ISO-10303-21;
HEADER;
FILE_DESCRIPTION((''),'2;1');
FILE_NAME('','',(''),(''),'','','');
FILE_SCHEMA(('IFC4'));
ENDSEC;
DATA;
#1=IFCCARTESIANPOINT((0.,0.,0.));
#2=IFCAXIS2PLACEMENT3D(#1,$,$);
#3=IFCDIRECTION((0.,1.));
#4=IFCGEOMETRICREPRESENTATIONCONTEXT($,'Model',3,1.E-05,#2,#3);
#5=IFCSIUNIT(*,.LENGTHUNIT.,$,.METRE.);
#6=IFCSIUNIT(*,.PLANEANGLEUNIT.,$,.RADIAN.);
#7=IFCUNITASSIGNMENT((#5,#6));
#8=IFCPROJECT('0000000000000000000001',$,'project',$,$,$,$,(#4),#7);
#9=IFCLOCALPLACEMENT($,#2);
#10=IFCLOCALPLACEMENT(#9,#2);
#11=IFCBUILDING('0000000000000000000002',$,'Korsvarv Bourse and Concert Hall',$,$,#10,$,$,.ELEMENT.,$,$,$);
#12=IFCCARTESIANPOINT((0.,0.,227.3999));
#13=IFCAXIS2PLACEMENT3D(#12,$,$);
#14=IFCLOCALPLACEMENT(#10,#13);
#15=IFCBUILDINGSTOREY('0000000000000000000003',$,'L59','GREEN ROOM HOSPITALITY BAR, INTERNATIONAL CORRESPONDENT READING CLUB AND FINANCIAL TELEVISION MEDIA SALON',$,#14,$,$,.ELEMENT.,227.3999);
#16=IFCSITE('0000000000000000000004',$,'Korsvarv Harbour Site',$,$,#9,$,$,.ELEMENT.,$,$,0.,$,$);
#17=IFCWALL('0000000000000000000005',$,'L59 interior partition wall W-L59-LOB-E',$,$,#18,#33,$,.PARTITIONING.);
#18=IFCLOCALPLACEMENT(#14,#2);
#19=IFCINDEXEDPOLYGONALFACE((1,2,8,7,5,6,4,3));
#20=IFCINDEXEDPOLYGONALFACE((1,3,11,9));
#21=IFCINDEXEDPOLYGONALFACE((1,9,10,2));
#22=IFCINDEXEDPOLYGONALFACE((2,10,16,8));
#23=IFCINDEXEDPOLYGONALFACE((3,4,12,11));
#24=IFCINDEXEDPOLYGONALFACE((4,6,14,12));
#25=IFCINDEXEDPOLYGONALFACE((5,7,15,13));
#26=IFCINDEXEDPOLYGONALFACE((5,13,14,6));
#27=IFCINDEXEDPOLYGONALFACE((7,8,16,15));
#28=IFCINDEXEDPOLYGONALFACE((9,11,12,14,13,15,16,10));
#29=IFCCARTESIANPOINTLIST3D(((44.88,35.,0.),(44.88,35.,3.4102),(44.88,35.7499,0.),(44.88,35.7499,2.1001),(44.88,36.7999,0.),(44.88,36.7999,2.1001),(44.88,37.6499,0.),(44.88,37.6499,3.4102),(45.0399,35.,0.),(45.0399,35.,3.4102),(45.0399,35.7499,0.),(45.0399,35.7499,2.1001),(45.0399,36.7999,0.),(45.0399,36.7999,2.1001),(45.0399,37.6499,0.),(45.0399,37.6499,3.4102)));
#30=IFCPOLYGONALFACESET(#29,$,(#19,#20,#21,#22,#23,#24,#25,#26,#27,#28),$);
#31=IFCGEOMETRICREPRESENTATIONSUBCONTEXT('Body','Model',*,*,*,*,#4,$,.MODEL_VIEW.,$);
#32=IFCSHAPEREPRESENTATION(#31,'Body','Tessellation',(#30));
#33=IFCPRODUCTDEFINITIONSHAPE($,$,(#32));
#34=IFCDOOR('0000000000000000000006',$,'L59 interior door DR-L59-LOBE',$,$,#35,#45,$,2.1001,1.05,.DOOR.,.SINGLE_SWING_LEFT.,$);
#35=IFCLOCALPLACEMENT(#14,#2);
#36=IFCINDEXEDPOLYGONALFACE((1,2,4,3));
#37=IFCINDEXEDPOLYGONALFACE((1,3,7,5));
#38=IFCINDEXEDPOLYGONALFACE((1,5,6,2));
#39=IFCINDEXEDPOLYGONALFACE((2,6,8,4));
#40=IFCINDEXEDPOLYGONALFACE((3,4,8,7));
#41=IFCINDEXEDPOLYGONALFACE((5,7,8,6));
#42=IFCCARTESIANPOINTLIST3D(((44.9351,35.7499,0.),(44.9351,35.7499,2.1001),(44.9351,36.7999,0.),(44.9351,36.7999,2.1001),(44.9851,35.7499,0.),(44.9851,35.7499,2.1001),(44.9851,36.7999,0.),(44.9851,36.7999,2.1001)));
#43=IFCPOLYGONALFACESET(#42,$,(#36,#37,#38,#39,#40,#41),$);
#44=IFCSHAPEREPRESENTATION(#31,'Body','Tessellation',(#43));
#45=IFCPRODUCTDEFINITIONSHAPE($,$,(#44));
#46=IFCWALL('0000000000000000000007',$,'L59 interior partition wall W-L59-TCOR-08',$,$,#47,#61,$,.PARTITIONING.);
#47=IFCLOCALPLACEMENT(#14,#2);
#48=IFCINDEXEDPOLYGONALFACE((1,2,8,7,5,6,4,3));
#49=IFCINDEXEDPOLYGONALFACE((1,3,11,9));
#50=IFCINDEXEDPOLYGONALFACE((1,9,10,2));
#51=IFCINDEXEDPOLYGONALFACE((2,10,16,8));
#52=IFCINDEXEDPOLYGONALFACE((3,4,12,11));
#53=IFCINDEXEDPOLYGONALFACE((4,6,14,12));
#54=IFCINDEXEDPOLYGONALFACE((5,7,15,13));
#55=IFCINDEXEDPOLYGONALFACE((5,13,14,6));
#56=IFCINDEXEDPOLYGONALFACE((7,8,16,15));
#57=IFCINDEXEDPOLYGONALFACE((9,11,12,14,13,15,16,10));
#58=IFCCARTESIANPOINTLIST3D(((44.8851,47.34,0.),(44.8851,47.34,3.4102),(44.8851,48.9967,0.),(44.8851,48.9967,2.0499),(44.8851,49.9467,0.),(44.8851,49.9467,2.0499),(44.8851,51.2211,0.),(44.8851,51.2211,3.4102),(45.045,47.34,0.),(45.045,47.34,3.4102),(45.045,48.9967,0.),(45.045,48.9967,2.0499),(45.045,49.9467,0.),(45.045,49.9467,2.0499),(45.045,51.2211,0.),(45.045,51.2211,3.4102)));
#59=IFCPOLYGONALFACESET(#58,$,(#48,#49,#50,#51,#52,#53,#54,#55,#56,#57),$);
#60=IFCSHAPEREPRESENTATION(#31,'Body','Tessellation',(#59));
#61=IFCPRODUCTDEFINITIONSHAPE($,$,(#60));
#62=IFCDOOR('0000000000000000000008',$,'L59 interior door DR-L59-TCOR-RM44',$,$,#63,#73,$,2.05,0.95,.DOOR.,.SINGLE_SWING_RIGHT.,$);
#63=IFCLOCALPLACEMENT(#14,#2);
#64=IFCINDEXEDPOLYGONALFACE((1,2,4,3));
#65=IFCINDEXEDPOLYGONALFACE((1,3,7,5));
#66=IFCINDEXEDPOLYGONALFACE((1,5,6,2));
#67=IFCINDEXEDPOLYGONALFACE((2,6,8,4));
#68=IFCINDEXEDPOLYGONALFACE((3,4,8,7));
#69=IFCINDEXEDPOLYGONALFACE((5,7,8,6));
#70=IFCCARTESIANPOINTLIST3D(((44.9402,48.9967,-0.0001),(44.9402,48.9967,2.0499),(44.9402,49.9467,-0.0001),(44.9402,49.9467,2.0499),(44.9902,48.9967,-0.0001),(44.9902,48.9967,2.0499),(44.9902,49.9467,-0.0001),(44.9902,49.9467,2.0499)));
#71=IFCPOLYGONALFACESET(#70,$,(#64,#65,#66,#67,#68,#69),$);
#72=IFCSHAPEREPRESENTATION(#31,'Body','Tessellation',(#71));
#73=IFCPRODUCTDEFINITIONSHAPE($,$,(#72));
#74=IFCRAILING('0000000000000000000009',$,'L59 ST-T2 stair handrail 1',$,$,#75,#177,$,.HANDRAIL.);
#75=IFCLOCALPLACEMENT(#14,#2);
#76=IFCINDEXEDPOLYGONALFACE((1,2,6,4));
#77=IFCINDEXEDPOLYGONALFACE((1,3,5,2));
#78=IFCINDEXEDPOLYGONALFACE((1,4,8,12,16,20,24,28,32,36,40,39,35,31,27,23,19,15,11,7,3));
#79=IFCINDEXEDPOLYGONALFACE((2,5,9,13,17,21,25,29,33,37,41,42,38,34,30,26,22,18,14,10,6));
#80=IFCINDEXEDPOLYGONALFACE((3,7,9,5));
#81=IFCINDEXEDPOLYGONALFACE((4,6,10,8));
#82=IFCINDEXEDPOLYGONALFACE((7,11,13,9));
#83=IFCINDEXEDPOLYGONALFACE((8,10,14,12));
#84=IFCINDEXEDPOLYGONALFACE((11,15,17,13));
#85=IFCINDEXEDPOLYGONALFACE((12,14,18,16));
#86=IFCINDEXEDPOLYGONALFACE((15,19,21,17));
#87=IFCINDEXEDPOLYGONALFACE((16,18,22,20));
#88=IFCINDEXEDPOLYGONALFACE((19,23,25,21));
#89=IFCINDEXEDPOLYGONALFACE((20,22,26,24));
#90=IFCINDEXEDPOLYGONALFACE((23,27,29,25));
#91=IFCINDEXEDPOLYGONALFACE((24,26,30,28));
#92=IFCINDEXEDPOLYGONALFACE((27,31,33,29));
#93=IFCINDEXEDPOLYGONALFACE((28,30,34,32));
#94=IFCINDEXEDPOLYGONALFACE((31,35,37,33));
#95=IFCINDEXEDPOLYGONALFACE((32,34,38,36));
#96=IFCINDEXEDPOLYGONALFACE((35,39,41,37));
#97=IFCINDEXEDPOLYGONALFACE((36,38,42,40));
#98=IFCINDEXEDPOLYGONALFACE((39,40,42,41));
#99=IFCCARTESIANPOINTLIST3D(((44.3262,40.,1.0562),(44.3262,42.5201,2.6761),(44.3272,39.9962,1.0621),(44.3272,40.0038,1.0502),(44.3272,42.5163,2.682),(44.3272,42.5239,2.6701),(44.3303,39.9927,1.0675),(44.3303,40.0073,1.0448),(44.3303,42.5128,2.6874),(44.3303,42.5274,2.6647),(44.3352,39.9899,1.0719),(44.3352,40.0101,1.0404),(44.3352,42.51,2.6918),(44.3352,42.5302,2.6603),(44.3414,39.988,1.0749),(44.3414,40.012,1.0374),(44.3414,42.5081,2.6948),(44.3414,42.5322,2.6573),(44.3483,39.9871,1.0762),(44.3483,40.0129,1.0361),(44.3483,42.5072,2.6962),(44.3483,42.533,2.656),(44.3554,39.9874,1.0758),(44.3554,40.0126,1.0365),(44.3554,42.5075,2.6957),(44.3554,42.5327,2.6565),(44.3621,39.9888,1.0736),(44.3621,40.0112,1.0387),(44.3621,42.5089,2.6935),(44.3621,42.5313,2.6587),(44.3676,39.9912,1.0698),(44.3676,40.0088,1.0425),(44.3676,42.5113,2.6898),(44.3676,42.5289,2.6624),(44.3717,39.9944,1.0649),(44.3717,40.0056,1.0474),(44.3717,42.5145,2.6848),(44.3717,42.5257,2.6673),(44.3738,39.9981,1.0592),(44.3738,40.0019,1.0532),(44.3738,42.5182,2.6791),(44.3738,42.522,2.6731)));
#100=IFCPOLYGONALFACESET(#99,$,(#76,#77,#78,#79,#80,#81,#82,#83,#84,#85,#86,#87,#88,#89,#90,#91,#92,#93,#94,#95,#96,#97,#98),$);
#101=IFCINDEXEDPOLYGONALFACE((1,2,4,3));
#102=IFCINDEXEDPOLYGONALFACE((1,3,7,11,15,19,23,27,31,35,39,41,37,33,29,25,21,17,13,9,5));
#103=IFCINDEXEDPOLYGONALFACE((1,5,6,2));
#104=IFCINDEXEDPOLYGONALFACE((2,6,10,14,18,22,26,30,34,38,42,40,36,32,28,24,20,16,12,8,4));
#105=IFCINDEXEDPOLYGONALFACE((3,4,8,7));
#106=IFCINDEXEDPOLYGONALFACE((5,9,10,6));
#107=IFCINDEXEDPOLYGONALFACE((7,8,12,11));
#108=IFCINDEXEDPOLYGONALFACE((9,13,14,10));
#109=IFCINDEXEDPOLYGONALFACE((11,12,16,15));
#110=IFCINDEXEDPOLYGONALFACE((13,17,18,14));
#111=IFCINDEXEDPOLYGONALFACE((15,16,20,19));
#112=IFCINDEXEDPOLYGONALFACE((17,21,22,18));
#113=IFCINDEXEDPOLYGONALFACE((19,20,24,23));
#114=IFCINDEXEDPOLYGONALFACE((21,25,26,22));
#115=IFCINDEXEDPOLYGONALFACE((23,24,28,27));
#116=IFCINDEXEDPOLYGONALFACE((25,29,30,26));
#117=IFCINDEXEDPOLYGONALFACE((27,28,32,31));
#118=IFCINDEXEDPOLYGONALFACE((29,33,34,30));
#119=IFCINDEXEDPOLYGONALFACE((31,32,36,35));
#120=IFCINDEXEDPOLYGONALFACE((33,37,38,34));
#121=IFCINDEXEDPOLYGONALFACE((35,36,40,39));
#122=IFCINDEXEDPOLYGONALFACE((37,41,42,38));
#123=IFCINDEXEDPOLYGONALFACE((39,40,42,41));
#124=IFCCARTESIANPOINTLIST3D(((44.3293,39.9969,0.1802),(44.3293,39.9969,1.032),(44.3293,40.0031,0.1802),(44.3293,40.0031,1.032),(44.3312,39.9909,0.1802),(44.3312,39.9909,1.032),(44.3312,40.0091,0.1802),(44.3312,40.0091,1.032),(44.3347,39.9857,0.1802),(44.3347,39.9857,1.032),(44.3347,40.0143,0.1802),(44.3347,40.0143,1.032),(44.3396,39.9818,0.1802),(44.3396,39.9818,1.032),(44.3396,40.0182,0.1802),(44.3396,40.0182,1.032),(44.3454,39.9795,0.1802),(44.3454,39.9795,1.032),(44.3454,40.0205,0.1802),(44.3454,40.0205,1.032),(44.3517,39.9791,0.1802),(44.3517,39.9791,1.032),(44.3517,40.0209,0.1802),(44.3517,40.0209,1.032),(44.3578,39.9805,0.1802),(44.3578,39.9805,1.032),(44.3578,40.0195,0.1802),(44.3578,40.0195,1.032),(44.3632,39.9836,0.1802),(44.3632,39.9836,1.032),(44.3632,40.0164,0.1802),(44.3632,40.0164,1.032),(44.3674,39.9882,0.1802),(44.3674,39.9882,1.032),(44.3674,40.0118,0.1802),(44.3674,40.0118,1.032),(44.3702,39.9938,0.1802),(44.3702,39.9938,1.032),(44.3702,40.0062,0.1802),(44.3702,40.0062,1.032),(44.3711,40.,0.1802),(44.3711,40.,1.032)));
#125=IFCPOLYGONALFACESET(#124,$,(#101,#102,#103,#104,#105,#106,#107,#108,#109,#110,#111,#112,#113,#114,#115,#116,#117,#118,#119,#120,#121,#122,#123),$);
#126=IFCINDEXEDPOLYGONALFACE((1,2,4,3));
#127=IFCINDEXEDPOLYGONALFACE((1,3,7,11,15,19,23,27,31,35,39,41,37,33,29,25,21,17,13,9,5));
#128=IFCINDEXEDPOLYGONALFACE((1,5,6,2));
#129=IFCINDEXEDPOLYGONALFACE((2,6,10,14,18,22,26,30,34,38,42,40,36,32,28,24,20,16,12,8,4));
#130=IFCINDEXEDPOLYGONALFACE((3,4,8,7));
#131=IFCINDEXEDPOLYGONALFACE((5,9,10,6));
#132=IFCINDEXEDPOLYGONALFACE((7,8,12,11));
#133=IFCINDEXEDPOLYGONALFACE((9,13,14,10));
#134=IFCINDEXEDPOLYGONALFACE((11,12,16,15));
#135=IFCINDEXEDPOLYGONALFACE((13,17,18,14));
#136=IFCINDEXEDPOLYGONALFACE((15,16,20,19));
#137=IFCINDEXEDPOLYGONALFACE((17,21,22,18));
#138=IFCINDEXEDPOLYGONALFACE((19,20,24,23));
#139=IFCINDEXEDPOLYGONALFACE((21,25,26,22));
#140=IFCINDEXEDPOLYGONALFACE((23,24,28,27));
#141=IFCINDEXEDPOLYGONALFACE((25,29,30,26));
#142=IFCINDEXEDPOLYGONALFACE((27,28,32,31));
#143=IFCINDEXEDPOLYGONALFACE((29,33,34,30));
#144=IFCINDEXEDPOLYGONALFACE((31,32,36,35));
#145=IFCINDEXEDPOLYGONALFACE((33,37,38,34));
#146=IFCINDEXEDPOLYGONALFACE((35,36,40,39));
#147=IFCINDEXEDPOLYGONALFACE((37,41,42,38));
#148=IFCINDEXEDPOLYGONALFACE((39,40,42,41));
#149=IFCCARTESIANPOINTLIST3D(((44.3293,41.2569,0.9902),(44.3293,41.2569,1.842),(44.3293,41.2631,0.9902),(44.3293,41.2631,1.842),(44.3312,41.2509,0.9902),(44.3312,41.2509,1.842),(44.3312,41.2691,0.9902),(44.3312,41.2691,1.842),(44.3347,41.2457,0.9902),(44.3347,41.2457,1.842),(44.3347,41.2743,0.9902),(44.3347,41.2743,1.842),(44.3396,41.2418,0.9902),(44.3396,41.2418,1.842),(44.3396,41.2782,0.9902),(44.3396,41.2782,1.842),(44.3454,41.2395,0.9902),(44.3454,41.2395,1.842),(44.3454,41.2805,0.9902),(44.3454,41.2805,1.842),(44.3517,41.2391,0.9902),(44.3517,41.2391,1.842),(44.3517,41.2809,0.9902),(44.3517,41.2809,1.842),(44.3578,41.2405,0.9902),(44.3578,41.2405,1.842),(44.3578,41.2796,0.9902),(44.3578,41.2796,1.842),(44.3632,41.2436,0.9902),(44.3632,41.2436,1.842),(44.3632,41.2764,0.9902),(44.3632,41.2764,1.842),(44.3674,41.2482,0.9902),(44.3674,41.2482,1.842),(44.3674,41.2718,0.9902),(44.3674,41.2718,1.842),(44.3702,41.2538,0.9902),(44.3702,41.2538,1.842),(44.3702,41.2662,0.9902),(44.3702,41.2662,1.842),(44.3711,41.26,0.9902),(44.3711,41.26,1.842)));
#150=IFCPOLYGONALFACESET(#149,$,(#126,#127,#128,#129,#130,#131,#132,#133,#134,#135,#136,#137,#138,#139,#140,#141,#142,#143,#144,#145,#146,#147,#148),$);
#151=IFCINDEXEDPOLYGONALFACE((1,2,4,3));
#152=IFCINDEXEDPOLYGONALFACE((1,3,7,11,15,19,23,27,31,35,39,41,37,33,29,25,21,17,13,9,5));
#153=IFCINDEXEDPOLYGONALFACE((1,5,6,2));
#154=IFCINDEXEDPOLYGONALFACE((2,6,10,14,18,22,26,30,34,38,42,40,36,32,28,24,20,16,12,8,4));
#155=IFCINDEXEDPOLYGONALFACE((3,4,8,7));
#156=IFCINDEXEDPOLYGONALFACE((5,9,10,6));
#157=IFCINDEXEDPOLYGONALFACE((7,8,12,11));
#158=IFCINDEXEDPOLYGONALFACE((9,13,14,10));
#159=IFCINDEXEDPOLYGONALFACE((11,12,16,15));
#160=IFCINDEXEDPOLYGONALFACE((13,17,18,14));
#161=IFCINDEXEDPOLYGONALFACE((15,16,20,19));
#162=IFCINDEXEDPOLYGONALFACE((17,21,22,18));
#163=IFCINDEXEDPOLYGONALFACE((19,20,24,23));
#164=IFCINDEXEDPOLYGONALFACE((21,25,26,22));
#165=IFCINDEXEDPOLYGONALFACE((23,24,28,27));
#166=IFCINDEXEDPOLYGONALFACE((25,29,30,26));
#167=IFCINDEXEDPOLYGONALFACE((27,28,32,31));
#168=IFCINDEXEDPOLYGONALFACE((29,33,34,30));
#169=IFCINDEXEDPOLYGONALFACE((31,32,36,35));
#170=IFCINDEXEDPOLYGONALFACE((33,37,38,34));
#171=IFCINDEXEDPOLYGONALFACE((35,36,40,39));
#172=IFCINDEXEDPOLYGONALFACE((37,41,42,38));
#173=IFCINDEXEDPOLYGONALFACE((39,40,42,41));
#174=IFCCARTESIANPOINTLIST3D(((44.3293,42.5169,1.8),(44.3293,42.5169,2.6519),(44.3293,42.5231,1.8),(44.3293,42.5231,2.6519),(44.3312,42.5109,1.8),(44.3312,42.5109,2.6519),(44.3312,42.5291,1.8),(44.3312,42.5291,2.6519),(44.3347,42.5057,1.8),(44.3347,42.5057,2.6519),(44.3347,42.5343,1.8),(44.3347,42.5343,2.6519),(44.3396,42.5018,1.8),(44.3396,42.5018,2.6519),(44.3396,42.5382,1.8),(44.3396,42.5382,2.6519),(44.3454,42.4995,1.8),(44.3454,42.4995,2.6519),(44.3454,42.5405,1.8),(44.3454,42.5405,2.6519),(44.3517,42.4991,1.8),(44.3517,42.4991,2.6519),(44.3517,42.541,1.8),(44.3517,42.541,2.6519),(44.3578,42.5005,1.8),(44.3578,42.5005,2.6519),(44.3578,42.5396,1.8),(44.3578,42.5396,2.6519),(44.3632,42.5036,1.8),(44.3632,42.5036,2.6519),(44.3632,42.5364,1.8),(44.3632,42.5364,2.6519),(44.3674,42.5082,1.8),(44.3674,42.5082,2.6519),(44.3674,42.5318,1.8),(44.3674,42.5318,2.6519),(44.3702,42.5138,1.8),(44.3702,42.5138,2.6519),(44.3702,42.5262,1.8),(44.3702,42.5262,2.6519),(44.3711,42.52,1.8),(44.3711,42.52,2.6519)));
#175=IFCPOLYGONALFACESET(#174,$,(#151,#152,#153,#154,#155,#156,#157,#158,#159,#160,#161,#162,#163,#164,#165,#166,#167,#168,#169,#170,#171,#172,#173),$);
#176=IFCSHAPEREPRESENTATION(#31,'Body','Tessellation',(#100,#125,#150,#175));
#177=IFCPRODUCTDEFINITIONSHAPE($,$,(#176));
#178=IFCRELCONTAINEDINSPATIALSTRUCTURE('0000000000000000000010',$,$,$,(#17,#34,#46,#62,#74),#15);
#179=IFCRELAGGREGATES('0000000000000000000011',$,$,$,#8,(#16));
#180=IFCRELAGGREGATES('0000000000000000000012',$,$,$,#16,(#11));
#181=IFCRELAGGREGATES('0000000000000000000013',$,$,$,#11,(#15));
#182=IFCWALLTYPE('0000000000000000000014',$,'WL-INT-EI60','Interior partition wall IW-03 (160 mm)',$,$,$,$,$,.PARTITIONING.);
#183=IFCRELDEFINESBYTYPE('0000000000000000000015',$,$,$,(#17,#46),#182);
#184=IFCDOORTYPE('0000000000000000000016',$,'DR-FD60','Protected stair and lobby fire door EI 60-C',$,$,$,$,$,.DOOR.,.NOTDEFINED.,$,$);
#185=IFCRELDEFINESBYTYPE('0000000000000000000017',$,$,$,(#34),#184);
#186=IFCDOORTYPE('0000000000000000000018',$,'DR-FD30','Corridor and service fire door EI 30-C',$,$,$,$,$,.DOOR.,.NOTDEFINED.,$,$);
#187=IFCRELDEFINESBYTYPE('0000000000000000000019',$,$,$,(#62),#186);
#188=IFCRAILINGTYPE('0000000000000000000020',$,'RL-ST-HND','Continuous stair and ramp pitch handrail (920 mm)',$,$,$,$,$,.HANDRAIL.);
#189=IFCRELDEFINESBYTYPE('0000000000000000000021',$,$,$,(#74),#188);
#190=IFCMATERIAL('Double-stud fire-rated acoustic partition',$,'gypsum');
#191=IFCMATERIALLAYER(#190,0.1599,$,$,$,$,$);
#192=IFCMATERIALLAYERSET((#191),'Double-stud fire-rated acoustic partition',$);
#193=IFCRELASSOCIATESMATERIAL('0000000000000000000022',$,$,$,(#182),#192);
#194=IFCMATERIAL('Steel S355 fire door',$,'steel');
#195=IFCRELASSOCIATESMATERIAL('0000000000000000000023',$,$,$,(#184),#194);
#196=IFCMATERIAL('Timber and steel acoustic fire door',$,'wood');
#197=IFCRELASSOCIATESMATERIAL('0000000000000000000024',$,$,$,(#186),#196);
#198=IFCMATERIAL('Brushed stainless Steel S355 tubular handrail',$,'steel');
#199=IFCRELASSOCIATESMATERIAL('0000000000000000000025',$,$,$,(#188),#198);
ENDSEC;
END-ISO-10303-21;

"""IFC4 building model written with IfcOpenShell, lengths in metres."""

from ifc_helpers import new_model, si_unit, direction, frame, frame_2d, origin, origin_2d, place, context, subcontext, project, spatial, rectangle, circle, extrude, material, layer, layer_set, type_object, element, fill, save


model = new_model("IFC4")

# Units and contexts
model_context = context("Model", 3, precision=1e-05, world=origin(), true_north=direction((0.0, 1.0)))
body_context = subcontext(model_context, "Body", "Model", "MODEL_VIEW")
ifc_project = project(units=[si_unit("LENGTHUNIT", "METRE"), si_unit("PLANEANGLEUNIT", "RADIAN")], contexts=[model_context])

# Site, building, storey
site_placement = place(None, origin())
site = spatial("IfcSite", under=ifc_project, at=site_placement, Name="Korsvarv Harbour Site", CompositionType="ELEMENT", RefElevation=0.0)
building_placement = place(site_placement, origin())
building = spatial("IfcBuilding", under=site, at=building_placement, Name="Korsvarv Bourse and Concert Hall", CompositionType="ELEMENT")
storey_placement = place(building_placement, frame((0.0, 0.0, 227.3999)))
storey = spatial("IfcBuildingStorey", under=building, at=storey_placement, Name="L59", Description="GREEN ROOM HOSPITALITY BAR, INTERNATIONAL CORRESPONDENT READING CLUB AND FINANCIAL TELEVISION MEDIA SALON", CompositionType="ELEMENT", Elevation=227.3999)

# Walls, openings, doors
ifc_material_1 = material(Name="Double-stud fire-rated acoustic partition", Category="gypsum")
ifc_layer_1 = layer(ifc_material_1, 0.1599)
ifc_layer_set_1 = layer_set([ifc_layer_1], Name="Double-stud fire-rated acoustic partition")
wall_type_1 = type_object("IfcWallType", Name="WL-INT-EI60", Description="Interior partition wall IW-03 (160 mm)", PredefinedType="PARTITIONING", material=ifc_layer_set_1)
wall_1_placement = place(storey_placement, frame((44.96, 35.0, 0.0), z_axis=(0.0, 0.0, 1.0), x_axis=(0.0, 1.0, 0.0)))
wall_1 = element("IfcWall", 1, at=wall_1_placement, inside=storey, type_object=wall_type_1, Name="L59 interior partition wall W-L59-LOB-E", PredefinedType="PARTITIONING", context=body_context, shape_type="SweptSolid", body=[
    extrude(rectangle(XDim=2.6499, YDim=0.1599, at=frame_2d((1.325, 0.0))), origin(), (0.0, 0.0, 1.0), 3.4102),
])
opening_1_placement = place(wall_1_placement, frame((0.75, 0.0, 0.0)))
opening_1 = element("IfcOpeningElement", 2, at=opening_1_placement, cuts=wall_1, PredefinedType="OPENING", context=body_context, shape_type="SweptSolid", body=[
    extrude(rectangle(XDim=1.05, YDim=2.1001, at=frame_2d((0.5249, 1.05))), frame((0.0, 0.0898, 0.0), z_axis=(0.0, -1.0, 0.0), x_axis=(1.0, 0.0, 0.0)), (0.0, 0.0, 1.0), 0.1799),
])
ifc_material_2 = material(Name="Steel S355 fire door", Category="steel")
door_type_1 = type_object("IfcDoorType", Name="DR-FD60", Description="Protected stair and lobby fire door EI 60-C", OperationType="NOTDEFINED", PredefinedType="DOOR", material=ifc_material_2)
door_1_placement = place(opening_1_placement, origin())
door_1 = element("IfcDoor", 3, at=door_1_placement, inside=storey, type_object=door_type_1, Name="L59 interior door DR-L59-LOBE", OperationType="SINGLE_SWING_LEFT", OverallHeight=2.1001, OverallWidth=1.05, PredefinedType="DOOR", context=body_context, shape_type="SweptSolid", body=[
    extrude(rectangle(XDim=1.05, YDim=2.1001, at=frame_2d((0.5249, 1.05))), frame((0.0, 0.0249, 0.0), z_axis=(0.0, -1.0, 0.0), x_axis=(1.0, 0.0, 0.0)), (0.0, 0.0, 1.0), 0.05),
])
fill(opening_1, door_1)
wall_2_placement = place(storey_placement, frame((44.9651, 47.3401, 0.0), z_axis=(0.0, 0.0, 1.0), x_axis=(0.0, 1.0, 0.0)))
wall_2 = element("IfcWall", 4, at=wall_2_placement, inside=storey, type_object=wall_type_1, Name="L59 interior partition wall W-L59-TCOR-08", PredefinedType="PARTITIONING", context=body_context, shape_type="SweptSolid", body=[
    extrude(rectangle(XDim=3.8811, YDim=0.1599, at=frame_2d((1.9404, 0.0))), origin(), (0.0, 0.0, 1.0), 3.4102),
])
opening_2_placement = place(wall_2_placement, frame((1.6565, 0.0, 0.0)))
opening_2 = element("IfcOpeningElement", 5, at=opening_2_placement, cuts=wall_2, PredefinedType="OPENING", context=body_context, shape_type="SweptSolid", body=[
    extrude(rectangle(XDim=0.95, YDim=2.05, at=frame_2d((0.4751, 1.0249))), frame((0.0, 0.0898, 0.0), z_axis=(0.0, -1.0, 0.0), x_axis=(1.0, 0.0, 0.0)), (0.0, 0.0, 1.0), 0.1799),
])
ifc_material_3 = material(Name="Timber and steel acoustic fire door", Category="wood")
door_type_2 = type_object("IfcDoorType", Name="DR-FD30", Description="Corridor and service fire door EI 30-C", OperationType="NOTDEFINED", PredefinedType="DOOR", material=ifc_material_3)
door_2_placement = place(opening_2_placement, origin())
door_2 = element("IfcDoor", 6, at=door_2_placement, inside=storey, type_object=door_type_2, Name="L59 interior door DR-L59-TCOR-RM44", OperationType="SINGLE_SWING_RIGHT", OverallHeight=2.05, OverallWidth=0.95, PredefinedType="DOOR", context=body_context, shape_type="SweptSolid", body=[
    extrude(rectangle(XDim=0.95, YDim=2.05, at=frame_2d((0.4751, 1.0249))), frame((0.0, 0.0249, 0.0), z_axis=(0.0, -1.0, 0.0), x_axis=(1.0, 0.0, 0.0)), (0.0, 0.0, 1.0), 0.05),
])
fill(opening_2, door_2)

# Railing
ifc_material_4 = material(Name="Brushed stainless Steel S355 tubular handrail", Category="steel")
railing_type = type_object("IfcRailingType", Name="RL-ST-HND", Description="Continuous stair and ramp pitch handrail (920 mm)", PredefinedType="HANDRAIL", material=ifc_material_4)
railing_placement = place(storey_placement, frame((44.3501, 40.0, 0.1802)))
element("IfcRailing", 7, at=railing_placement, inside=storey, type_object=railing_type, Name="L59 ST-T2 stair handrail 1", PredefinedType="HANDRAIL", context=body_context, shape_type="SweptSolid", body=[
    extrude(circle(Radius=0.0239, at=origin_2d()), frame((0.0, 0.0, 0.876), z_axis=(0.0, 0.8412, 0.540725), x_axis=(-1.0, 0.0, 0.0)), (0.0, 0.0, 1.0), 2.9958),
    extrude(circle(Radius=0.021, at=origin_2d()), origin(), (0.0, 0.0, 1.0), 0.8518),
    extrude(circle(Radius=0.021, at=origin_2d()), frame((0.0, 1.26, 0.8101)), (0.0, 0.0, 1.0), 0.8518),
    extrude(circle(Radius=0.021, at=origin_2d()), frame((0.0, 2.52, 1.6199)), (0.0, 0.0, 1.0), 0.8518),
])

save(model, "model.ifc")
